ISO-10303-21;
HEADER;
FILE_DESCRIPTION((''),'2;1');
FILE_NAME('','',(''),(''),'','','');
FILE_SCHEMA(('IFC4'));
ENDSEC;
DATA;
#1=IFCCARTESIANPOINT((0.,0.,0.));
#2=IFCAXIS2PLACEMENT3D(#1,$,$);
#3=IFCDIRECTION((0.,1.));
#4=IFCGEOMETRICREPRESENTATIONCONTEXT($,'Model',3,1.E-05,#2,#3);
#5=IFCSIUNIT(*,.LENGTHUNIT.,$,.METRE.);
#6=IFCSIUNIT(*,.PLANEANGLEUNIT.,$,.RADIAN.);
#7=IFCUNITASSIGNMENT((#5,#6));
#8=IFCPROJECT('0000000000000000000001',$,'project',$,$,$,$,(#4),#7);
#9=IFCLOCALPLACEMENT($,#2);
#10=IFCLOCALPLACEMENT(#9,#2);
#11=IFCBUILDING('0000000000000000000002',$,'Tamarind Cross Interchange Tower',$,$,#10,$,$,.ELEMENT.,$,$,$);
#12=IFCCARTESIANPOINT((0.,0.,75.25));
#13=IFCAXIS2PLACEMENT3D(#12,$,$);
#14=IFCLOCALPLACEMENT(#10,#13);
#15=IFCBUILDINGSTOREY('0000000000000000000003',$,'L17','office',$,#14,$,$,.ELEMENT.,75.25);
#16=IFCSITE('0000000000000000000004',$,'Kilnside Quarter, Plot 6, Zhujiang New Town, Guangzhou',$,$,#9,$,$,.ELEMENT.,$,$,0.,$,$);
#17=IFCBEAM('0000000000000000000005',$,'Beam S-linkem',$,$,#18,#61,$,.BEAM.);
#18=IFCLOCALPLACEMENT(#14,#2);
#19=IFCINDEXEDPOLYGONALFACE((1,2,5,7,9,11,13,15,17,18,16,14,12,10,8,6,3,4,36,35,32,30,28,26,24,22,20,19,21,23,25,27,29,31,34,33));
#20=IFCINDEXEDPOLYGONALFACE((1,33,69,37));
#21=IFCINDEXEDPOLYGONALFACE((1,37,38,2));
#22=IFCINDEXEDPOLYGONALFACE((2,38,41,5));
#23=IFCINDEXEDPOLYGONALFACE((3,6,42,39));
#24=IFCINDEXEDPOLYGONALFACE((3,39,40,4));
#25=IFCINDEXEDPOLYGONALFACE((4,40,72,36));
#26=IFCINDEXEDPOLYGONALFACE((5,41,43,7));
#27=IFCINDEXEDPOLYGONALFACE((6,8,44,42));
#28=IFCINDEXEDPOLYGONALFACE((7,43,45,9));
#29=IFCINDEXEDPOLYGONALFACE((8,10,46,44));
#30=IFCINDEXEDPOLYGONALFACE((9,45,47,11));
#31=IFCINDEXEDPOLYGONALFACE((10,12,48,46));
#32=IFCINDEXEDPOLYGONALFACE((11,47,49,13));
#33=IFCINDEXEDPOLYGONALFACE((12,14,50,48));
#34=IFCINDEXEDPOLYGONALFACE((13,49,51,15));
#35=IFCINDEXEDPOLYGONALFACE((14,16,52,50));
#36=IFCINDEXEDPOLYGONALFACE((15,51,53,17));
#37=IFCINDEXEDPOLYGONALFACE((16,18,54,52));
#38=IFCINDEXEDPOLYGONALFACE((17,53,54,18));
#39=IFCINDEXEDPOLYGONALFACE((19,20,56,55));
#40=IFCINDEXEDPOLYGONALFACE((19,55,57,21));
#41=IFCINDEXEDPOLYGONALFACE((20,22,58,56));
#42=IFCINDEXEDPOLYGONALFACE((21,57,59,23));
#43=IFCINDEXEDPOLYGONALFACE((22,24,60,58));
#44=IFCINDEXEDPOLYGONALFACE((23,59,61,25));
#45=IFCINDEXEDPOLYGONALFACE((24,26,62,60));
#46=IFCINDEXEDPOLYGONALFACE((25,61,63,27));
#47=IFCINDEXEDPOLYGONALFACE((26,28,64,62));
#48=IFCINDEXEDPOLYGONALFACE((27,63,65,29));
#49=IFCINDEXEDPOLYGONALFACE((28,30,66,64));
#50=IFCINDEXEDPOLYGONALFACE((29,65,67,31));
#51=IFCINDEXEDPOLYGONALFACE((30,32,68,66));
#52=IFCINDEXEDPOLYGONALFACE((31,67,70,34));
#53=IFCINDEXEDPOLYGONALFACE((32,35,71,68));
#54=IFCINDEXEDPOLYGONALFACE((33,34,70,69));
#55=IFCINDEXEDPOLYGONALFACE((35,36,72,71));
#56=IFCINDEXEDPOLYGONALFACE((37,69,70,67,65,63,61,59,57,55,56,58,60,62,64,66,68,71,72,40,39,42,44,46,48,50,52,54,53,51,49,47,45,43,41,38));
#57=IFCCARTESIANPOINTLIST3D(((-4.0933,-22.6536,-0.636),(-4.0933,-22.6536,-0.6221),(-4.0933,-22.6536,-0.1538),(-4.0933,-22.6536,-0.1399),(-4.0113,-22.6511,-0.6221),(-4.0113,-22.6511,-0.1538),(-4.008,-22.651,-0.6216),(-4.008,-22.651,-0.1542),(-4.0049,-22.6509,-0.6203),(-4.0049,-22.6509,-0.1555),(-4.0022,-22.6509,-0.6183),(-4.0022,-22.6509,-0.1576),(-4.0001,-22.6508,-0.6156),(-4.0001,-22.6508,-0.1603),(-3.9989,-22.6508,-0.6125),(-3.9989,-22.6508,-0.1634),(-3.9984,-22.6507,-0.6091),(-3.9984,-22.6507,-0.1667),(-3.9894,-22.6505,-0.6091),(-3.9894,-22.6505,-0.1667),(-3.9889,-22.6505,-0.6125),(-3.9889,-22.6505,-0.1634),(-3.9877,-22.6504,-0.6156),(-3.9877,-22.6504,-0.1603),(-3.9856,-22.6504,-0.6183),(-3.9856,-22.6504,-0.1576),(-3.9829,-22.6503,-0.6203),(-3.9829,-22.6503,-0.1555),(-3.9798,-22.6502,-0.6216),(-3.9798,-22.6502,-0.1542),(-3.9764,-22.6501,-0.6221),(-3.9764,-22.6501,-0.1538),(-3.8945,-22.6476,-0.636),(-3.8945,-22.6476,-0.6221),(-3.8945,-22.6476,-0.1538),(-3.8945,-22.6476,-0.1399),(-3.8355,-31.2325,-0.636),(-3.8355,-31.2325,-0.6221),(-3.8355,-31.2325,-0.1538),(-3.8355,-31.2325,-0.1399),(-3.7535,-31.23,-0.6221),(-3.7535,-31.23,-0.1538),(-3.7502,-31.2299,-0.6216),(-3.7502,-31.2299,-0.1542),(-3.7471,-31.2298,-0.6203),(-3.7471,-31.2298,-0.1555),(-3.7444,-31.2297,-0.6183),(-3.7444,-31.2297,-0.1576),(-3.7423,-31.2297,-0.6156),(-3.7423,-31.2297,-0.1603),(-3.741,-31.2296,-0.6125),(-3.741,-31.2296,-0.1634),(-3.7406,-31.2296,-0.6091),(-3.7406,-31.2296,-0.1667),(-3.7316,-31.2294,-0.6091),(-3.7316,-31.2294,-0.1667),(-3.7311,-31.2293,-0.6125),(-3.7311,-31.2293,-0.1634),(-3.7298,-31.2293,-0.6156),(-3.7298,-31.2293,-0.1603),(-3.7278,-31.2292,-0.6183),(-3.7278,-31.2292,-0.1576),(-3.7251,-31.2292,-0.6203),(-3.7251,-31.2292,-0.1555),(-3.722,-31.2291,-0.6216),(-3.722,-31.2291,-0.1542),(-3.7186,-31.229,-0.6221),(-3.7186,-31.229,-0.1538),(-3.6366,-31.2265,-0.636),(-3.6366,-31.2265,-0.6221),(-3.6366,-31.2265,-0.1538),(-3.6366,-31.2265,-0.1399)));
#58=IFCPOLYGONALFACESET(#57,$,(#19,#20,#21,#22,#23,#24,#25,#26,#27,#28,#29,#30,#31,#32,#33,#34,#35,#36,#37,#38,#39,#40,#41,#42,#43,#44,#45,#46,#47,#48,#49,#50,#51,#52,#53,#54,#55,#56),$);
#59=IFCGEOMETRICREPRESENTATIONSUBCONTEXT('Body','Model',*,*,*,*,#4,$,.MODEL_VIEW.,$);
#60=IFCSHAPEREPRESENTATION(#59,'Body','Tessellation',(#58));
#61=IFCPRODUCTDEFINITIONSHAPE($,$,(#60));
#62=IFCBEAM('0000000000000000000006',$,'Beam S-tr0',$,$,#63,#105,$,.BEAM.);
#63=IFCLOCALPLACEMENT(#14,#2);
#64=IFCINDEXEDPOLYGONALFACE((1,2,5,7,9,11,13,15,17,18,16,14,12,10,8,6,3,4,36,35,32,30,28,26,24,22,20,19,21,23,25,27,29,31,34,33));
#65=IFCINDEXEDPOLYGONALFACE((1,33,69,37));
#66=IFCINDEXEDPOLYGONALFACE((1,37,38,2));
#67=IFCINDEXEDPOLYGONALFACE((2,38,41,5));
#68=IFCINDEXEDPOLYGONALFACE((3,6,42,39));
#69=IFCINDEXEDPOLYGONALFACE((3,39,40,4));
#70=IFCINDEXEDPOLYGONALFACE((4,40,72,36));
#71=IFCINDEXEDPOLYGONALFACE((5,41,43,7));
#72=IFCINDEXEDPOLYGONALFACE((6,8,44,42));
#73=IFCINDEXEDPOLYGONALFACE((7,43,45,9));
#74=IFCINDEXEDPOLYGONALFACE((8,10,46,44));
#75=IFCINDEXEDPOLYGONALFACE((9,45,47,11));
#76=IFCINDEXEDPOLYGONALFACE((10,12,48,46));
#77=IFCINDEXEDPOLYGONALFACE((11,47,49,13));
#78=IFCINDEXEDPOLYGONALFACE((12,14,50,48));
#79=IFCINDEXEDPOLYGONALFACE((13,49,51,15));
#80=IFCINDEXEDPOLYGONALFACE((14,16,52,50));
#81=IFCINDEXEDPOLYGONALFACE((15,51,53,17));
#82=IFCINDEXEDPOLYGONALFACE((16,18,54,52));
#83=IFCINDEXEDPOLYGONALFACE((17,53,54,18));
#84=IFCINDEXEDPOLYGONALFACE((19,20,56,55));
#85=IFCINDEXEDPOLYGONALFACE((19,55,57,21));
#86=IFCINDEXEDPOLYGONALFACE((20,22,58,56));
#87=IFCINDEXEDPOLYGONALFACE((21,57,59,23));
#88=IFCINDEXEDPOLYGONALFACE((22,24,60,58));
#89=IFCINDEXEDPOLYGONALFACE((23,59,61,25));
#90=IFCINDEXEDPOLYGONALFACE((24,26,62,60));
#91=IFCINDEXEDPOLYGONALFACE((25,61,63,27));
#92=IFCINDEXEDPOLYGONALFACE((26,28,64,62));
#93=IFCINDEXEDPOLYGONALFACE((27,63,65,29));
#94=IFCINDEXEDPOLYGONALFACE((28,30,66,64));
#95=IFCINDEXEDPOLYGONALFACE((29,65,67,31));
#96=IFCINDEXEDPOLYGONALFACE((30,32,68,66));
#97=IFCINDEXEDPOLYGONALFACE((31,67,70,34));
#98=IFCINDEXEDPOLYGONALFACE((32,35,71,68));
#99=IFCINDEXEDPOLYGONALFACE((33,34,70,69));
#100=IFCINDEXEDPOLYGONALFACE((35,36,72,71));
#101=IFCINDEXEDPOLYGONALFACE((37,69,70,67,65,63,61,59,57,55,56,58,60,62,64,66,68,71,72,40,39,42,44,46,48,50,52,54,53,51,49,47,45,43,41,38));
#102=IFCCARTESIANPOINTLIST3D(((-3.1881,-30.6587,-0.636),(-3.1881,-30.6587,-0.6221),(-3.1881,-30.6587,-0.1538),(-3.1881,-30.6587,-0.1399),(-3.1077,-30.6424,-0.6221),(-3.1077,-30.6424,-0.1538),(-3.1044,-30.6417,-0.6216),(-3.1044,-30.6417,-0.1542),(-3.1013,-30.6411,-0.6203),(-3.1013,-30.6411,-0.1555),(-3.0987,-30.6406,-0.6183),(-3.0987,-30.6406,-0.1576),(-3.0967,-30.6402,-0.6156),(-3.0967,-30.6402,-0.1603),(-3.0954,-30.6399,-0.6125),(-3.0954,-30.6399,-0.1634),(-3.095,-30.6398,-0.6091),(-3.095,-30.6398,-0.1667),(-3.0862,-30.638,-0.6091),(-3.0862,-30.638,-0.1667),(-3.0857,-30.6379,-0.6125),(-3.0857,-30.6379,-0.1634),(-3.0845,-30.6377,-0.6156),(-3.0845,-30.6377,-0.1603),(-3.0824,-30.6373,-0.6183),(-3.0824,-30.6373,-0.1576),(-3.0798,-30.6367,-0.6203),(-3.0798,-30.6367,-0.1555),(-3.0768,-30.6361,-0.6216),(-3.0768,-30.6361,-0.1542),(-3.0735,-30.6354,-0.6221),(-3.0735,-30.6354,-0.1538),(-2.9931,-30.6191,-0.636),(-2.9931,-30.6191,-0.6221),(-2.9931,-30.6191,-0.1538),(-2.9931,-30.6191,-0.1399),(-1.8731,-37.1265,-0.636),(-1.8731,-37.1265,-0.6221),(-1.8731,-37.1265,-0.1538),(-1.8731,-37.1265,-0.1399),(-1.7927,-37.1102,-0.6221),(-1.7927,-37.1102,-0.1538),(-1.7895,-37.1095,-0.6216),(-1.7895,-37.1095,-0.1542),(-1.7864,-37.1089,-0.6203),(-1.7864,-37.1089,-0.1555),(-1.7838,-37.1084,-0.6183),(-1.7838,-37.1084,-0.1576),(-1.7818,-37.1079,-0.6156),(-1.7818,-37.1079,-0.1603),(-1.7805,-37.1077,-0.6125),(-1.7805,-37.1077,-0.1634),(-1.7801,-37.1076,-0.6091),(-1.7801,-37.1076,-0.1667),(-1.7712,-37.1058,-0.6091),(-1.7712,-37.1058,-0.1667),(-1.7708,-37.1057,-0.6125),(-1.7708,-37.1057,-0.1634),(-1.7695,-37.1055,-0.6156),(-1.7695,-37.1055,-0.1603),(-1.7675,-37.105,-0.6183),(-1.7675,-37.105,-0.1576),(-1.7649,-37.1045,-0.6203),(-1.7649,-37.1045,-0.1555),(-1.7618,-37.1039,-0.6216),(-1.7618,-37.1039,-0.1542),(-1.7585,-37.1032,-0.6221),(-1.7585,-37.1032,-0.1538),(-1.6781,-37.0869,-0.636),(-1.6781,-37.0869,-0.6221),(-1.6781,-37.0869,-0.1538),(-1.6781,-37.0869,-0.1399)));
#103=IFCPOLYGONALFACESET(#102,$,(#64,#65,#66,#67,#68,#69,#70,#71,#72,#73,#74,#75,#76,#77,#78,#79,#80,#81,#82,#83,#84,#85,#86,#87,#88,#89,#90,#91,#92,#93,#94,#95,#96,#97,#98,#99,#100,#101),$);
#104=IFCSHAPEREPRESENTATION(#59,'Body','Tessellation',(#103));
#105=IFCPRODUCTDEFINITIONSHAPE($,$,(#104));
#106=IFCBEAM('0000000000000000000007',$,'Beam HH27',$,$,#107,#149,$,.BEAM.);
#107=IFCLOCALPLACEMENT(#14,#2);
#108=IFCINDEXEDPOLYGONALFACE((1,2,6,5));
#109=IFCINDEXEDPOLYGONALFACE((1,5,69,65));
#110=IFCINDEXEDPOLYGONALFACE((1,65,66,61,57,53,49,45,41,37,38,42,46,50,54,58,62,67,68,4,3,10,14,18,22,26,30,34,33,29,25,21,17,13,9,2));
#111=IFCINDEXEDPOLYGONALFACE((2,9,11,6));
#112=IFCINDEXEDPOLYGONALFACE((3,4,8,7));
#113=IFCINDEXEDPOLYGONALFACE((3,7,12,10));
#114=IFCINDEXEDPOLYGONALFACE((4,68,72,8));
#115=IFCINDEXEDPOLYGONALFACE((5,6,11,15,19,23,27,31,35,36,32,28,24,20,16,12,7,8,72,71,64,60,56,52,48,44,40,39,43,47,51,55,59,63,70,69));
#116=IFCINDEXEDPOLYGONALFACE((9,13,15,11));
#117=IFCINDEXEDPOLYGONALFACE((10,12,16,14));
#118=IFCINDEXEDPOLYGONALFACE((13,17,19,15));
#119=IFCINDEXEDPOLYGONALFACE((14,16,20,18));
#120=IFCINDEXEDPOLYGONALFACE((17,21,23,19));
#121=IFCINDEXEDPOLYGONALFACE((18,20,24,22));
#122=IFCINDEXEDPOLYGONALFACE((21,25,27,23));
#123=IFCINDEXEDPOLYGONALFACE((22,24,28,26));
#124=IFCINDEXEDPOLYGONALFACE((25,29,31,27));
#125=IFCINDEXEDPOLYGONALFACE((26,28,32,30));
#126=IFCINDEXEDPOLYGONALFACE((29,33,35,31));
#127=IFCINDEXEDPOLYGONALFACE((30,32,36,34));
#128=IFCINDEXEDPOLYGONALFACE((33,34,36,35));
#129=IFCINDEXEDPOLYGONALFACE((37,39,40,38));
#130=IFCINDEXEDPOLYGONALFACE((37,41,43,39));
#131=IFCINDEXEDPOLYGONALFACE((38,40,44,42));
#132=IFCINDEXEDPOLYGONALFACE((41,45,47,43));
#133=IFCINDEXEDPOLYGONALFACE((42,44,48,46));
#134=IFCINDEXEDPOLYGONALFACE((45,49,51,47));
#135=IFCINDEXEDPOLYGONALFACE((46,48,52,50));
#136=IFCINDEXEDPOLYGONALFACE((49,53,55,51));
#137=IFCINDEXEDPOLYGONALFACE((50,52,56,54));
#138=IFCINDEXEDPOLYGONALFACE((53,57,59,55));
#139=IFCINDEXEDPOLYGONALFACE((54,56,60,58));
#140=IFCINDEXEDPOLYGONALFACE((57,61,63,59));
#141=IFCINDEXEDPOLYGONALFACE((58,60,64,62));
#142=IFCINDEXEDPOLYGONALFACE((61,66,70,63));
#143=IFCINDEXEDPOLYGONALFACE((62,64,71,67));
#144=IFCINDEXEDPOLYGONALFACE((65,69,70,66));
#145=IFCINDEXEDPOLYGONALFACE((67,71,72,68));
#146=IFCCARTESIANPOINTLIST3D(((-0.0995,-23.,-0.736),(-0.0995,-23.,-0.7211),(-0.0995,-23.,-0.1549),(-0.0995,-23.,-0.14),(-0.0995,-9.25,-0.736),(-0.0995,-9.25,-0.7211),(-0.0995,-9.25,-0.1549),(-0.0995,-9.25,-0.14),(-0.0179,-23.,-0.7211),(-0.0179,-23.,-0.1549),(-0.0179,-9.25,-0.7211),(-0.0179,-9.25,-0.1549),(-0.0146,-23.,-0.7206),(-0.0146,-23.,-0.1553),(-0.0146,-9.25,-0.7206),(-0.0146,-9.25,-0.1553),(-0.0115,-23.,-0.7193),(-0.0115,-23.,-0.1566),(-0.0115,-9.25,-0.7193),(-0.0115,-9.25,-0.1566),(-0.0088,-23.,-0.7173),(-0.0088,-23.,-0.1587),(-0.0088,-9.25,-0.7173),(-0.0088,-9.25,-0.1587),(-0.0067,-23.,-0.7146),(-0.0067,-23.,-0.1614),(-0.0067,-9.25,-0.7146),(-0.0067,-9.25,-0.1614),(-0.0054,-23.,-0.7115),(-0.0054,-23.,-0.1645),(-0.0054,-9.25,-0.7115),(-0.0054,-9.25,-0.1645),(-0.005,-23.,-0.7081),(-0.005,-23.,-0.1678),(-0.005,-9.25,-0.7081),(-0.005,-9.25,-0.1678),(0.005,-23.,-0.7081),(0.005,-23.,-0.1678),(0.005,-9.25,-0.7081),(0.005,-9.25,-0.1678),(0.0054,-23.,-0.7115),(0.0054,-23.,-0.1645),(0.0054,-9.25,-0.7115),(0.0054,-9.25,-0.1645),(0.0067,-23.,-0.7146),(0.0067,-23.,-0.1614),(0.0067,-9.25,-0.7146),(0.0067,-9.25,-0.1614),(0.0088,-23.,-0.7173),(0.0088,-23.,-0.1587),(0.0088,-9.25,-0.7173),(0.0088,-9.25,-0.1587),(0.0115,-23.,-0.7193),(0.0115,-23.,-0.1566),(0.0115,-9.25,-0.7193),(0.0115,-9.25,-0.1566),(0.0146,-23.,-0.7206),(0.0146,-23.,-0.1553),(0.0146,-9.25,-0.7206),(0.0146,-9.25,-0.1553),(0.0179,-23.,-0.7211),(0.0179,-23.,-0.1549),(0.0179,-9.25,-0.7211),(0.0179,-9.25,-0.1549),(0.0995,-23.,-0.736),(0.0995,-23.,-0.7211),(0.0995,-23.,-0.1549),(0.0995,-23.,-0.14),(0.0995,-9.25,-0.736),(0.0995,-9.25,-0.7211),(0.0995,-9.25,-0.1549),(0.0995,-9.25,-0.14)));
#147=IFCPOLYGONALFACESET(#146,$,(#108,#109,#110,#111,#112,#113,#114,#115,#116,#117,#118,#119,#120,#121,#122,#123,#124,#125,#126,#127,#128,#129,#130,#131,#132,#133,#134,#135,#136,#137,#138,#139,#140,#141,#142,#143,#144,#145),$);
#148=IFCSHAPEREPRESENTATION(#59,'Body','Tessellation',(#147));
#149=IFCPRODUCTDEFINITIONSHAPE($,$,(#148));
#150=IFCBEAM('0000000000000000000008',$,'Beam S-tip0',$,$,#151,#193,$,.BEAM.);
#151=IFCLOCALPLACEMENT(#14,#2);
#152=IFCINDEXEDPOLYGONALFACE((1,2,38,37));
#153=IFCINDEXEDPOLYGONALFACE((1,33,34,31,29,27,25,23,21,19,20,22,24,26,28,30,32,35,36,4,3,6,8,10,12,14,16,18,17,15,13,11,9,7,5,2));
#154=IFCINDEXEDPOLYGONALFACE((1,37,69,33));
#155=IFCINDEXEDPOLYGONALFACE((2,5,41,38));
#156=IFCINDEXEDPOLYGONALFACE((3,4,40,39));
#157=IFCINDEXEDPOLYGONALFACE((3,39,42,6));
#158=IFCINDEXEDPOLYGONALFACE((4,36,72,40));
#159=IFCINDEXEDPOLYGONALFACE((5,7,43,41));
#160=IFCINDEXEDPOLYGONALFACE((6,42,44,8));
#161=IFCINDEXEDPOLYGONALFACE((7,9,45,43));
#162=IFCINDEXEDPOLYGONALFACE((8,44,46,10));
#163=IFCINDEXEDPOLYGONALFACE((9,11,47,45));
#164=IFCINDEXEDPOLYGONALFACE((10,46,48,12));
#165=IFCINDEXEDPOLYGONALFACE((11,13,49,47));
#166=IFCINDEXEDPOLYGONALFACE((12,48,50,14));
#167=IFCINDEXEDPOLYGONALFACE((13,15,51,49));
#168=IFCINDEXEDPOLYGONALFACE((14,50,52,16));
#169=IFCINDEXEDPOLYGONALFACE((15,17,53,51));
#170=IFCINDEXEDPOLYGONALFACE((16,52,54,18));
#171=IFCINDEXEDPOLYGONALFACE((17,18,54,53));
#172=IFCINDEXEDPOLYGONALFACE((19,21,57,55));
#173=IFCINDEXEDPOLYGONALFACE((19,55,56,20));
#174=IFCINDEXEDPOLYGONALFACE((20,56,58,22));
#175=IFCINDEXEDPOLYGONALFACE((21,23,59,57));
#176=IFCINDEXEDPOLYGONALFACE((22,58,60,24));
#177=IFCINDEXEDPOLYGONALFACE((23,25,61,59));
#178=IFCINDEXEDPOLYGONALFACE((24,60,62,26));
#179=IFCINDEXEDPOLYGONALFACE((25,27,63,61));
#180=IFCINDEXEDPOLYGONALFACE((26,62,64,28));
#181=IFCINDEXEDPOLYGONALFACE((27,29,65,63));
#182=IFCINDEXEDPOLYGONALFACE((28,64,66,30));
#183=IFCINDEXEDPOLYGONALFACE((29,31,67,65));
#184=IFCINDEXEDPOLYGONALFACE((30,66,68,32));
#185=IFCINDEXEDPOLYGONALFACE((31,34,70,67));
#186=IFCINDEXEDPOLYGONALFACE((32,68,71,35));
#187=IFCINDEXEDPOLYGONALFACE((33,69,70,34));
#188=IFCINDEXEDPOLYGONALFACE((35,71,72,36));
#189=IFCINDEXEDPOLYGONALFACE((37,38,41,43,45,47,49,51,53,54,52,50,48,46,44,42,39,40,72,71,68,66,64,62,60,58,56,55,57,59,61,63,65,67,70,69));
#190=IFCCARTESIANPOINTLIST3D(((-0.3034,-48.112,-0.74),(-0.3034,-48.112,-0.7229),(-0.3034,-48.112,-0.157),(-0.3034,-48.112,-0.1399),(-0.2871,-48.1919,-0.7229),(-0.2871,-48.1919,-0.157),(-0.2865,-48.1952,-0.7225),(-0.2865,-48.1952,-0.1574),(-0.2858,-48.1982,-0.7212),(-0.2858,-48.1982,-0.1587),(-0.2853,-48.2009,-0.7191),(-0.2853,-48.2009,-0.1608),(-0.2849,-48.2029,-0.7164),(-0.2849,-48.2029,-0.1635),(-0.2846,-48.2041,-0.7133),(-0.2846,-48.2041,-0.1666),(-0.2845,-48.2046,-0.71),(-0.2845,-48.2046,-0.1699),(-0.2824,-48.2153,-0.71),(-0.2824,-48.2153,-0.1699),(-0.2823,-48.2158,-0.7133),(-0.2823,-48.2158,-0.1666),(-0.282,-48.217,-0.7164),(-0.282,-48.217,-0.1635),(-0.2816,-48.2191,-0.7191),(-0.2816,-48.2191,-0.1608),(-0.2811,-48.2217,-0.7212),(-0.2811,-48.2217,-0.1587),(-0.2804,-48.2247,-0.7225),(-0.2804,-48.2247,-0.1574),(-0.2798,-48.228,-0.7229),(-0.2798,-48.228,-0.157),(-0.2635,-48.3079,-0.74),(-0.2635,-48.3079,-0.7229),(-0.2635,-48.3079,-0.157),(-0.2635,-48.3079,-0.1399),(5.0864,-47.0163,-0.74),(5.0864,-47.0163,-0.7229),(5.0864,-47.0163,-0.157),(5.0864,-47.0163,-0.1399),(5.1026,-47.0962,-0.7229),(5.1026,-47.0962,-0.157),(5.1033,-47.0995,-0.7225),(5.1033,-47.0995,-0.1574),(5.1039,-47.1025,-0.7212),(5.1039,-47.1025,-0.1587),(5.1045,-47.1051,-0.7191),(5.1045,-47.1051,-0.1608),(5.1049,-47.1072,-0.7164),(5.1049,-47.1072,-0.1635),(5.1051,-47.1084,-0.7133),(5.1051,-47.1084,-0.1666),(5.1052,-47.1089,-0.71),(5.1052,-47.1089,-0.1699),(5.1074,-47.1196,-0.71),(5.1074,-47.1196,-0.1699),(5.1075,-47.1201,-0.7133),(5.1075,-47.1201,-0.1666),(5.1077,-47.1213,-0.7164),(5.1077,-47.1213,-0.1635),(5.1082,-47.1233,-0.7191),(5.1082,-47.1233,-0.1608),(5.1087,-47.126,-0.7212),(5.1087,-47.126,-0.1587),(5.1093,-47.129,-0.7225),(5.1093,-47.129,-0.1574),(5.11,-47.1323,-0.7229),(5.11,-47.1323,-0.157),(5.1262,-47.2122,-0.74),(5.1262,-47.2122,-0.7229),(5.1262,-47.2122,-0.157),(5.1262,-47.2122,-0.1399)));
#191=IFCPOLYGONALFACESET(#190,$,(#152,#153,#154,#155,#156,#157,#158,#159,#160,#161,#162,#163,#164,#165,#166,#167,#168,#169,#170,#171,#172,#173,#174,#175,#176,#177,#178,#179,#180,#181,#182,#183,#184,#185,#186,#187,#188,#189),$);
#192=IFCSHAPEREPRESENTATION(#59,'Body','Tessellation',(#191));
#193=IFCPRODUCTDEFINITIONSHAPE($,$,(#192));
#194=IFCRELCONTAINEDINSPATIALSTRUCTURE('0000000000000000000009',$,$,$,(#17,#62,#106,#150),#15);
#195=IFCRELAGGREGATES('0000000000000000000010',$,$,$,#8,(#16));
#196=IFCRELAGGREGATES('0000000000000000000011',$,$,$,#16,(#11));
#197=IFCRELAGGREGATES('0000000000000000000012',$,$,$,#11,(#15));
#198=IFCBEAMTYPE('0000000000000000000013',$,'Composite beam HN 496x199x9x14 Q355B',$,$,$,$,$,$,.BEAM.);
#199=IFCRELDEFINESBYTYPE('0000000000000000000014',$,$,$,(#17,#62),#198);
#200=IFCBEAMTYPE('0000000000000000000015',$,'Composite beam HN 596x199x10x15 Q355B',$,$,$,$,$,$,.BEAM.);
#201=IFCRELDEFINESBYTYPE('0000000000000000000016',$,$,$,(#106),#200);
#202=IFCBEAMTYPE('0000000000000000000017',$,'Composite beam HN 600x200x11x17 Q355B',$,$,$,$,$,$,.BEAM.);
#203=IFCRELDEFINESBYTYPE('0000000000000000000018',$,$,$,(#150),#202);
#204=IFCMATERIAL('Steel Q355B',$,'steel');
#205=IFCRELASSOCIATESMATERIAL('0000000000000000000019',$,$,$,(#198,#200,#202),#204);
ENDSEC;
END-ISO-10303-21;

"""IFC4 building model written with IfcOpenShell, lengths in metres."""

from ifc_helpers import new_model, si_unit, direction, frame, origin, origin_2d, place, context, subcontext, project, spatial, i_section, extrude, material, material_profile, profile_set, type_object, element, save


model = new_model("IFC4")

# Units and contexts
model_context = context("Model", 3, precision=1e-05, world=origin(), true_north=direction((0.0, 1.0)))
body_context = subcontext(model_context, "Body", "Model", "MODEL_VIEW")
ifc_project = project(units=[si_unit("LENGTHUNIT", "METRE"), si_unit("PLANEANGLEUNIT", "RADIAN")], contexts=[model_context])

# Site, building, storey
site_placement = place(None, origin())
site = spatial("IfcSite", under=ifc_project, at=site_placement, Name="Kilnside Quarter, Plot 6, Zhujiang New Town, Guangzhou", CompositionType="ELEMENT", RefElevation=0.0)
building_placement = place(site_placement, origin())
building = spatial("IfcBuilding", under=site, at=building_placement, Name="Tamarind Cross Interchange Tower", CompositionType="ELEMENT")
storey_placement = place(building_placement, frame((0.0, 0.0, 75.25)))
storey = spatial("IfcBuildingStorey", under=building, at=storey_placement, Name="L17", Description="office", CompositionType="ELEMENT", Elevation=75.25)

# Beams
ifc_material_1 = material(Name="Steel Q355B", Category="steel")
ifc_material_profile_1 = material_profile(ifc_material_1, i_section(OverallWidth=0.199, OverallDepth=0.4961, WebThickness=0.009, FlangeThickness=0.0139, FilletRadius=0.0129, at=origin_2d()), Name="HN 496x199x9x14")
ifc_profile_set_1 = profile_set([ifc_material_profile_1], Name="Steel Q355B")
beam_type_1 = type_object("IfcBeamType", Name="Composite beam HN 496x199x9x14 Q355B", PredefinedType="BEAM", material=ifc_profile_set_1)
beam_1_placement = place(storey_placement, frame((-3.7361, -31.2295, -0.3879), z_axis=(-0.030039, 0.999549, 0.0), x_axis=(-0.999549, -0.030039, 0.0)))
element("IfcBeam", 1, at=beam_1_placement, inside=storey, type_object=beam_type_1, Name="Beam S-linkem", PredefinedType="BEAM", context=body_context, shape_type="SweptSolid", body=[
    extrude(i_section(OverallWidth=0.199, OverallDepth=0.4961, WebThickness=0.009, FlangeThickness=0.0139, FilletRadius=0.0129, at=origin_2d()), origin(), (0.0, 0.0, 1.0), 8.5828),
])
beam_2_placement = place(storey_placement, frame((-3.0906, -30.6389, -0.3879), z_axis=(0.199231, -0.979953, 0.0), x_axis=(0.979953, 0.199231, 0.0)))
element("IfcBeam", 2, at=beam_2_placement, inside=storey, type_object=beam_type_1, Name="Beam S-tr0", PredefinedType="BEAM", context=body_context, shape_type="SweptSolid", body=[
    extrude(i_section(OverallWidth=0.199, OverallDepth=0.4961, WebThickness=0.009, FlangeThickness=0.0139, FilletRadius=0.0129, at=origin_2d()), origin(), (0.0, 0.0, 1.0), 6.6001),
])
ifc_material_profile_2 = material_profile(ifc_material_1, i_section(OverallWidth=0.199, OverallDepth=0.5959, WebThickness=0.01, FlangeThickness=0.0149, FilletRadius=0.0129, at=origin_2d()), Name="HN 596x199x10x15")
ifc_profile_set_2 = profile_set([ifc_material_profile_2], Name="Steel Q355B")
beam_type_2 = type_object("IfcBeamType", Name="Composite beam HN 596x199x10x15 Q355B", PredefinedType="BEAM", material=ifc_profile_set_2)
beam_3_placement = place(storey_placement, frame((0.0, -23.0, -0.438), z_axis=(0.0, 1.0, 0.0), x_axis=(-1.0, 0.0, 0.0)))
element("IfcBeam", 3, at=beam_3_placement, inside=storey, type_object=beam_type_2, Name="Beam HH27", PredefinedType="BEAM", context=body_context, shape_type="SweptSolid", body=[
    extrude(i_section(OverallWidth=0.199, OverallDepth=0.5959, WebThickness=0.01, FlangeThickness=0.0149, FilletRadius=0.0129, at=origin_2d()), origin(), (0.0, 0.0, 1.0), 13.75),
])
ifc_material_profile_3 = material_profile(ifc_material_1, i_section(OverallWidth=0.2, OverallDepth=0.6001, WebThickness=0.011, FlangeThickness=0.0171, FilletRadius=0.0129, at=origin_2d()), Name="HN 600x200x11x17")
ifc_profile_set_3 = profile_set([ifc_material_profile_3], Name="Steel Q355B")
beam_type_3 = type_object("IfcBeamType", Name="Composite beam HN 600x200x11x17 Q355B", PredefinedType="BEAM", material=ifc_profile_set_3)
beam_4_placement = place(storey_placement, frame((-0.2834, -48.21, -0.4399), z_axis=(0.979954, 0.199222, 0.0), x_axis=(-0.199222, 0.979954, 0.0)))
element("IfcBeam", 4, at=beam_4_placement, inside=storey, type_object=beam_type_3, Name="Beam S-tip0", PredefinedType="BEAM", context=body_context, shape_type="SweptSolid", body=[
    extrude(i_section(OverallWidth=0.2, OverallDepth=0.6001, WebThickness=0.011, FlangeThickness=0.0171, FilletRadius=0.0129, at=origin_2d()), origin(), (0.0, 0.0, 1.0), 5.5),
])

save(model, "model.ifc")
